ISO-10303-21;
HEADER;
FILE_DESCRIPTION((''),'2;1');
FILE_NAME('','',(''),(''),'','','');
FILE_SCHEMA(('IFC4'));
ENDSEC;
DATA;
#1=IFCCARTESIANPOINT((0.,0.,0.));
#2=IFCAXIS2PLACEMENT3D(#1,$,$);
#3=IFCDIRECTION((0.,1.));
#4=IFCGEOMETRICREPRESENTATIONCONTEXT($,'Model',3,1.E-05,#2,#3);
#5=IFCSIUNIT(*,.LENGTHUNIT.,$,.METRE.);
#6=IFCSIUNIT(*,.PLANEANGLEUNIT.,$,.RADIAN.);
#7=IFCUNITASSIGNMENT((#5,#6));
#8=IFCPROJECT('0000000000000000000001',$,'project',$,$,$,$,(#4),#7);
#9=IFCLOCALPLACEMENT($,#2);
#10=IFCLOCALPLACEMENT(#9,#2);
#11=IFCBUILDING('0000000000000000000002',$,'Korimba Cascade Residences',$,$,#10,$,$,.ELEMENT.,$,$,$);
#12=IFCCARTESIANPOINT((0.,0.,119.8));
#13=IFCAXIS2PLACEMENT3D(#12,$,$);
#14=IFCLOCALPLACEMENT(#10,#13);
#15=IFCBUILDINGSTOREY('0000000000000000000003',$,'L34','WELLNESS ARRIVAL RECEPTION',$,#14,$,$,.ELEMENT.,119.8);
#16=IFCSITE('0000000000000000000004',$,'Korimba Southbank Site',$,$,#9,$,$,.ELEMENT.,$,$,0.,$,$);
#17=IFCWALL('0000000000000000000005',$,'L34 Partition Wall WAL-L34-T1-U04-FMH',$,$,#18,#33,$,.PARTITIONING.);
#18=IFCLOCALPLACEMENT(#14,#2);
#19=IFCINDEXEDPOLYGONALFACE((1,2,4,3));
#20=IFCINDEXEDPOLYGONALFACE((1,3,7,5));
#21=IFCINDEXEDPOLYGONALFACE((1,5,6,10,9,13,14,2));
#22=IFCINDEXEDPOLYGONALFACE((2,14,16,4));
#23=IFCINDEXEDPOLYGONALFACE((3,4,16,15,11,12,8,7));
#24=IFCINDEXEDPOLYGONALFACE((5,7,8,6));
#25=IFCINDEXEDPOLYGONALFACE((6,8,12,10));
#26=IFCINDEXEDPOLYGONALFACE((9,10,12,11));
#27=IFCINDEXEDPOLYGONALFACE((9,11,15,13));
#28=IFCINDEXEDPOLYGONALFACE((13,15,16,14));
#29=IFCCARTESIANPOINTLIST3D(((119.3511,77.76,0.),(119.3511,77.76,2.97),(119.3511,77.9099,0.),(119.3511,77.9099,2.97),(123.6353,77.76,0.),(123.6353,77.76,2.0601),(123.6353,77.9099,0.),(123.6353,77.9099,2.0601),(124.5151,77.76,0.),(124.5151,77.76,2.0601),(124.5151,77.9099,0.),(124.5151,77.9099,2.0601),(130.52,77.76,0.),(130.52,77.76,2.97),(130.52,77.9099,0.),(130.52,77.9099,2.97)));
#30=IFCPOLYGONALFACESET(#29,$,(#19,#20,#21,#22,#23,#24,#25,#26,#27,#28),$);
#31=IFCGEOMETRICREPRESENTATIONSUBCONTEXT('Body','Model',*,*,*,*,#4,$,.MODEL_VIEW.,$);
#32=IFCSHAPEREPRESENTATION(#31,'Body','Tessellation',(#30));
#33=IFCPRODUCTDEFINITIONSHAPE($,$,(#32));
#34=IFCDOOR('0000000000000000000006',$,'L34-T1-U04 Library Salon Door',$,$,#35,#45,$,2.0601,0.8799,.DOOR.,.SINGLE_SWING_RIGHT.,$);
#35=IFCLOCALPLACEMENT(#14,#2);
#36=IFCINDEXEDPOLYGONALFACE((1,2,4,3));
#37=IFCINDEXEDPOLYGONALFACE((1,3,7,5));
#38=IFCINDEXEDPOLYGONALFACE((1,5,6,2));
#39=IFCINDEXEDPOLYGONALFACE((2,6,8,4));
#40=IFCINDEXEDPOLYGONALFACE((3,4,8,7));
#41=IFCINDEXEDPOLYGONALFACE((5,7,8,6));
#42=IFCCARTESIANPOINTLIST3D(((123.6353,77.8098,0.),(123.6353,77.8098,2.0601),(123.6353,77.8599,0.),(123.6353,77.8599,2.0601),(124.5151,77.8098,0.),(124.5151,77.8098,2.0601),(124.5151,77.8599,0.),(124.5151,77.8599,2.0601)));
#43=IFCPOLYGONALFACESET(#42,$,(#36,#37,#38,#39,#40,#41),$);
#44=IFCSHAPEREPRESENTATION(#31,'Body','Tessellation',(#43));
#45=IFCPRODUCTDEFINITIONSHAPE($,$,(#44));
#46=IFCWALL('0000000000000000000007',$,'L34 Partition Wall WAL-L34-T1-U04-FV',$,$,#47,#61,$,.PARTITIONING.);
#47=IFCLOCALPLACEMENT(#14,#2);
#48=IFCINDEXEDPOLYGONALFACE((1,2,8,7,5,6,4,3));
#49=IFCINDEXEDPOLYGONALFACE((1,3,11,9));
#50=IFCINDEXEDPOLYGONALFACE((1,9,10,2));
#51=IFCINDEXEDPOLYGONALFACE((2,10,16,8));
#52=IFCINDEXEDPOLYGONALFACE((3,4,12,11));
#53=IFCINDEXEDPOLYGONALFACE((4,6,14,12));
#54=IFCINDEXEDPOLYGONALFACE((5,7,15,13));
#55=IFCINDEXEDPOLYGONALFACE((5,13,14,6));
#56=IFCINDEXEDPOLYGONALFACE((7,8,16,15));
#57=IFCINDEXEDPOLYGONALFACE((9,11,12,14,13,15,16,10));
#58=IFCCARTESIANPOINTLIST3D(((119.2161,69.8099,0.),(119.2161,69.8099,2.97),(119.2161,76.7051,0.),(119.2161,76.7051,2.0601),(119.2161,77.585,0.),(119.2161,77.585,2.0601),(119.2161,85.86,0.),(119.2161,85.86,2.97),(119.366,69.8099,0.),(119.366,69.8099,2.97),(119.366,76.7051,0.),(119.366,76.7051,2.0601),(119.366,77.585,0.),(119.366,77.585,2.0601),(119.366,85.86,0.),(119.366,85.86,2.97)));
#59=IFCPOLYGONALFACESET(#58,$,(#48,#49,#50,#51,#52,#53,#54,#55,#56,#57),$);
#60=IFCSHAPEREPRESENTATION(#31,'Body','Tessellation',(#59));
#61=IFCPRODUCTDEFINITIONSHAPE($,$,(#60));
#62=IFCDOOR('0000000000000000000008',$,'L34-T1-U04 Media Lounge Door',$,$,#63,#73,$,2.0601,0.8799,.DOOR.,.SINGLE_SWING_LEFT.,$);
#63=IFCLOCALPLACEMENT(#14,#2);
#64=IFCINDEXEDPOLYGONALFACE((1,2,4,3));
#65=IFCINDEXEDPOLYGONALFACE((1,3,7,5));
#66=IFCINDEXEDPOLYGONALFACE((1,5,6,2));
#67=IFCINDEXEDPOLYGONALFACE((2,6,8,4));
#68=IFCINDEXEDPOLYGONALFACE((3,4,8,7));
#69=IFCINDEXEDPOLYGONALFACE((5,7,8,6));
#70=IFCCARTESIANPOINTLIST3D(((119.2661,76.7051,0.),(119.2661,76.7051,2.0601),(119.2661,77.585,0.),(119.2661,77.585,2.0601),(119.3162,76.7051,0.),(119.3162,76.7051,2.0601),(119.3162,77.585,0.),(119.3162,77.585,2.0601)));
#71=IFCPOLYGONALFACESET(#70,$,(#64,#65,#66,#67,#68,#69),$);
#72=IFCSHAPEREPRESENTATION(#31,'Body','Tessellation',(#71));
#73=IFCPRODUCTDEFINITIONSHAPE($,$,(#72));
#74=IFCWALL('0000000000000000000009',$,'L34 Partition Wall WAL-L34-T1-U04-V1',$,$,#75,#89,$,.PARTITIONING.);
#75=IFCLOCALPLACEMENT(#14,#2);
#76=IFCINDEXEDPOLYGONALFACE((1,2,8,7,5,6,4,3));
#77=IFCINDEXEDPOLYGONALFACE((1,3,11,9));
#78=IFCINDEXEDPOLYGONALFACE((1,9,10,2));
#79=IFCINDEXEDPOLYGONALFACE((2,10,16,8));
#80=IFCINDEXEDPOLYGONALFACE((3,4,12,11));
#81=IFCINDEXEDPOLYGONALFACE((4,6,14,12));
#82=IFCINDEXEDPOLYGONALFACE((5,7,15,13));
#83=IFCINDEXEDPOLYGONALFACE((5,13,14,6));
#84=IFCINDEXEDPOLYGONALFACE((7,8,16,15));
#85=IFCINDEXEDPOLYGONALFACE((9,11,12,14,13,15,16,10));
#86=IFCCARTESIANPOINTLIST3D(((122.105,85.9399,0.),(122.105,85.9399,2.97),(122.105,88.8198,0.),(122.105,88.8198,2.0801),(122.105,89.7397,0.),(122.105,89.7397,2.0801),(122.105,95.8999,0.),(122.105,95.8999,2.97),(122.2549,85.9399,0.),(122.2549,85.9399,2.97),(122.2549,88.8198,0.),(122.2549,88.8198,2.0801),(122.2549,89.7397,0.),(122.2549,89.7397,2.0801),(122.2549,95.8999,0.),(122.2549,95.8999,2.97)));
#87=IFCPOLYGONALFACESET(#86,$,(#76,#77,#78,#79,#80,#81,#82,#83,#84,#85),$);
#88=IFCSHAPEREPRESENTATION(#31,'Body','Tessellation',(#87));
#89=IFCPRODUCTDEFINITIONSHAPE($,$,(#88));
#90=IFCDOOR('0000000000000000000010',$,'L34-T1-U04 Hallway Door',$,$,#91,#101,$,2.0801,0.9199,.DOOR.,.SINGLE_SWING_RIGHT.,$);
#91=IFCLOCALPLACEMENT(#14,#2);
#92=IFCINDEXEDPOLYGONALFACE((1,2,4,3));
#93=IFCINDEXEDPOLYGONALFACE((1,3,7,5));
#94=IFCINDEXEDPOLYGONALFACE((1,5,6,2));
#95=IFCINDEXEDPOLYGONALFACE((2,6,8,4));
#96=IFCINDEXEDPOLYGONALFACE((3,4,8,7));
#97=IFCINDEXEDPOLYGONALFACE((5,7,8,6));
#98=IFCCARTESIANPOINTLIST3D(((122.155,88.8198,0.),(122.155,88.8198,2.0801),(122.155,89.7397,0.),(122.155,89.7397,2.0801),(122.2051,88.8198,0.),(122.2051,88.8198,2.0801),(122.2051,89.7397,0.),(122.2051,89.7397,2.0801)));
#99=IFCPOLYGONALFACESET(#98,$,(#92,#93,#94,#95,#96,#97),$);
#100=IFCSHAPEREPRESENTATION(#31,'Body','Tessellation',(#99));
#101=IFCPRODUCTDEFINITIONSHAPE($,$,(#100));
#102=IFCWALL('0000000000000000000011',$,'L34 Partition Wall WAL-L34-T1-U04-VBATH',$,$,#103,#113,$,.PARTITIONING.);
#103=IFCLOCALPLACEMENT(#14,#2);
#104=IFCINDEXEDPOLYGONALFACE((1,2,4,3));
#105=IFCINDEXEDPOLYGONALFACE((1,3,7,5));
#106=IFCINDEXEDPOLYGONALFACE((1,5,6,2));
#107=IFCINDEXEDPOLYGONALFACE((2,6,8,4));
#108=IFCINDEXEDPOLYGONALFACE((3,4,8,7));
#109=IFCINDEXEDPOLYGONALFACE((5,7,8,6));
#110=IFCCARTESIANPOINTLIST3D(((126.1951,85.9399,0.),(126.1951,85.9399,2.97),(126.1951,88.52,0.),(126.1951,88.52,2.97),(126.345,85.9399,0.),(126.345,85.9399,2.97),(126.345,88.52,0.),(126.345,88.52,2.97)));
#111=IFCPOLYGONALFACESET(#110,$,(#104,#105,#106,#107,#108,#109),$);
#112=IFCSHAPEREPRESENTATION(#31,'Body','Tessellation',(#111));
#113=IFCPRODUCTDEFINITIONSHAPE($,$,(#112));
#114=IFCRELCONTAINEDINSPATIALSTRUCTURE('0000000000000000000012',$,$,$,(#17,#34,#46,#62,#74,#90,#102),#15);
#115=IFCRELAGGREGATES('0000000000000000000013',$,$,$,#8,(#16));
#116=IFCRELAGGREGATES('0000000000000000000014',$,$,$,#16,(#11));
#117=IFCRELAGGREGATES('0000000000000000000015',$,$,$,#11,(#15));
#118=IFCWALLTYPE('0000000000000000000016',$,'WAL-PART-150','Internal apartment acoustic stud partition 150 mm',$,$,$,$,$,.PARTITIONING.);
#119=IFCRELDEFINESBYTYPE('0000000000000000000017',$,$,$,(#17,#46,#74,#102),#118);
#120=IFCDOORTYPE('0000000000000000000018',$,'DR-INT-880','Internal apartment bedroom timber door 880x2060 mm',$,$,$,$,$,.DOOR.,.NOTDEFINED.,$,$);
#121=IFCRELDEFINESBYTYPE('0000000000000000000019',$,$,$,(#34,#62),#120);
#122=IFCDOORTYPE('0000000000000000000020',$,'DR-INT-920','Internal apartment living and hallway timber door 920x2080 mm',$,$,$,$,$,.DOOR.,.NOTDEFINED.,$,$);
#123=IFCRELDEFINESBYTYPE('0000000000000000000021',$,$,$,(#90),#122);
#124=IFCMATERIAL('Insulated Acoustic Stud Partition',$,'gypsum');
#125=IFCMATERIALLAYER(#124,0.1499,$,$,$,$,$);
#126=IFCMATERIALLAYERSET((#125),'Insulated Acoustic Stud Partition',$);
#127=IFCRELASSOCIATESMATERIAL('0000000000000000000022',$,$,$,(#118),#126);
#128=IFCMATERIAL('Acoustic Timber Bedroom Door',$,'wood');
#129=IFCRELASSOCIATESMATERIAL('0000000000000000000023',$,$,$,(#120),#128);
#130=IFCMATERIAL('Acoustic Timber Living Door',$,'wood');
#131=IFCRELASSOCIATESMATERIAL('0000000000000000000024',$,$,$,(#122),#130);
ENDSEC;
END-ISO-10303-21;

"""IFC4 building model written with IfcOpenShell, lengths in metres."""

from ifc_helpers import new_model, si_unit, direction, frame, frame_2d, origin, place, context, subcontext, project, spatial, rectangle, extrude, material, layer, layer_set, type_object, element, fill, save


model = new_model("IFC4")

# Units and contexts
model_context = context("Model", 3, precision=1e-05, world=origin(), true_north=direction((0.0, 1.0)))
body_context = subcontext(model_context, "Body", "Model", "MODEL_VIEW")
ifc_project = project(units=[si_unit("LENGTHUNIT", "METRE"), si_unit("PLANEANGLEUNIT", "RADIAN")], contexts=[model_context])

# Site, building, storey
site_placement = place(None, origin())
site = spatial("IfcSite", under=ifc_project, at=site_placement, Name="Korimba Southbank Site", CompositionType="ELEMENT", RefElevation=0.0)
building_placement = place(site_placement, origin())
building = spatial("IfcBuilding", under=site, at=building_placement, Name="Korimba Cascade Residences", CompositionType="ELEMENT")
storey_placement = place(building_placement, frame((0.0, 0.0, 119.8)))
storey = spatial("IfcBuildingStorey", under=building, at=storey_placement, Name="L34", Description="WELLNESS ARRIVAL RECEPTION", CompositionType="ELEMENT", Elevation=119.8)

# Shared definitions
ifc_material_1 = material(Name="Insulated Acoustic Stud Partition", Category="gypsum")
ifc_layer_1 = layer(ifc_material_1, 0.1499)
ifc_layer_set_1 = layer_set([ifc_layer_1], Name="Insulated Acoustic Stud Partition")
wall_type_1 = type_object("IfcWallType", Name="WAL-PART-150", Description="Internal apartment acoustic stud partition 150 mm", PredefinedType="PARTITIONING", material=ifc_layer_set_1)
ifc_material_2 = material(Name="Acoustic Timber Bedroom Door", Category="wood")
door_type_1 = type_object("IfcDoorType", Name="DR-INT-880", Description="Internal apartment bedroom timber door 880x2060 mm", OperationType="NOTDEFINED", PredefinedType="DOOR", material=ifc_material_2)

# Walls, openings, doors
wall_1_placement = place(storey_placement, frame((119.3511, 77.835, 0.0), z_axis=(0.0, 0.0, 1.0), x_axis=(1.0, 0.0, 0.0)))
wall_1 = element("IfcWall", 1, at=wall_1_placement, inside=storey, type_object=wall_type_1, Name="L34 Partition Wall WAL-L34-T1-U04-FMH", PredefinedType="PARTITIONING", context=body_context, shape_type="SweptSolid", body=[
    extrude(rectangle(XDim=11.1689, YDim=0.1499, at=frame_2d((5.5845, 0.0))), origin(), (0.0, 0.0, 1.0), 2.97),
])
opening_1_placement = place(wall_1_placement, frame((4.2842, 0.0, 0.0)))
opening_1 = element("IfcOpeningElement", 2, at=opening_1_placement, cuts=wall_1, PredefinedType="OPENING", context=body_context, shape_type="SweptSolid", body=[
    extrude(rectangle(XDim=0.8799, YDim=2.0601, at=frame_2d((0.4399, 1.03))), frame((0.0, 0.085, 0.0), z_axis=(0.0, -1.0, 0.0), x_axis=(1.0, 0.0, 0.0)), (0.0, 0.0, 1.0), 0.1699),
])
door_1_placement = place(opening_1_placement, origin())
door_1 = element("IfcDoor", 3, at=door_1_placement, inside=storey, type_object=door_type_1, Name="L34-T1-U04 Library Salon Door", OperationType="SINGLE_SWING_RIGHT", OverallHeight=2.0601, OverallWidth=0.8799, PredefinedType="DOOR", context=body_context, shape_type="SweptSolid", body=[
    extrude(rectangle(XDim=0.8799, YDim=2.0601, at=frame_2d((0.4399, 1.03))), frame((0.0, 0.0249, 0.0), z_axis=(0.0, -1.0, 0.0), x_axis=(1.0, 0.0, 0.0)), (0.0, 0.0, 1.0), 0.05),
])
fill(opening_1, door_1)
wall_2_placement = place(storey_placement, frame((119.291, 69.8101, 0.0), z_axis=(0.0, 0.0, 1.0), x_axis=(0.0, 1.0, 0.0)))
wall_2 = element("IfcWall", 4, at=wall_2_placement, inside=storey, type_object=wall_type_1, Name="L34 Partition Wall WAL-L34-T1-U04-FV", PredefinedType="PARTITIONING", context=body_context, shape_type="SweptSolid", body=[
    extrude(rectangle(XDim=16.05, YDim=0.1499, at=frame_2d((8.0249, 0.0))), origin(), (0.0, 0.0, 1.0), 2.97),
])
opening_2_placement = place(wall_2_placement, frame((6.895, 0.0, 0.0)))
opening_2 = element("IfcOpeningElement", 5, at=opening_2_placement, cuts=wall_2, PredefinedType="OPENING", context=body_context, shape_type="SweptSolid", body=[
    extrude(rectangle(XDim=0.8799, YDim=2.0601, at=frame_2d((0.4399, 1.03))), frame((0.0, 0.085, 0.0), z_axis=(0.0, -1.0, 0.0), x_axis=(1.0, 0.0, 0.0)), (0.0, 0.0, 1.0), 0.1699),
])
door_2_placement = place(opening_2_placement, origin())
door_2 = element("IfcDoor", 6, at=door_2_placement, inside=storey, type_object=door_type_1, Name="L34-T1-U04 Media Lounge Door", OperationType="SINGLE_SWING_LEFT", OverallHeight=2.0601, OverallWidth=0.8799, PredefinedType="DOOR", context=body_context, shape_type="SweptSolid", body=[
    extrude(rectangle(XDim=0.8799, YDim=2.0601, at=frame_2d((0.4399, 1.03))), frame((0.0, 0.0249, 0.0), z_axis=(0.0, -1.0, 0.0), x_axis=(1.0, 0.0, 0.0)), (0.0, 0.0, 1.0), 0.05),
])
fill(opening_2, door_2)
wall_3_placement = place(storey_placement, frame((122.1799, 85.9399, 0.0), z_axis=(0.0, 0.0, 1.0), x_axis=(0.0, 1.0, 0.0)))
wall_3 = element("IfcWall", 7, at=wall_3_placement, inside=storey, type_object=wall_type_1, Name="L34 Partition Wall WAL-L34-T1-U04-V1", PredefinedType="PARTITIONING", context=body_context, shape_type="SweptSolid", body=[
    extrude(rectangle(XDim=9.96, YDim=0.1499, at=frame_2d((4.98, 0.0))), origin(), (0.0, 0.0, 1.0), 2.97),
])
opening_3_placement = place(wall_3_placement, frame((2.8799, 0.0, 0.0)))
opening_3 = element("IfcOpeningElement", 8, at=opening_3_placement, cuts=wall_3, PredefinedType="OPENING", context=body_context, shape_type="SweptSolid", body=[
    extrude(rectangle(XDim=0.9199, YDim=2.0801, at=frame_2d((0.46, 1.04))), frame((0.0, 0.085, 0.0), z_axis=(0.0, -1.0, 0.0), x_axis=(1.0, 0.0, 0.0)), (0.0, 0.0, 1.0), 0.1699),
])
ifc_material_3 = material(Name="Acoustic Timber Living Door", Category="wood")
door_type_2 = type_object("IfcDoorType", Name="DR-INT-920", Description="Internal apartment living and hallway timber door 920x2080 mm", OperationType="NOTDEFINED", PredefinedType="DOOR", material=ifc_material_3)
door_3_placement = place(opening_3_placement, origin())
door_3 = element("IfcDoor", 9, at=door_3_placement, inside=storey, type_object=door_type_2, Name="L34-T1-U04 Hallway Door", OperationType="SINGLE_SWING_RIGHT", OverallHeight=2.0801, OverallWidth=0.9199, PredefinedType="DOOR", context=body_context, shape_type="SweptSolid", body=[
    extrude(rectangle(XDim=0.9199, YDim=2.0801, at=frame_2d((0.46, 1.04))), frame((0.0, 0.0249, 0.0), z_axis=(0.0, -1.0, 0.0), x_axis=(1.0, 0.0, 0.0)), (0.0, 0.0, 1.0), 0.05),
])
fill(opening_3, door_3)

# Wall
wall_4_placement = place(storey_placement, frame((126.27, 85.9399, 0.0), z_axis=(0.0, 0.0, 1.0), x_axis=(0.0, 1.0, 0.0)))
element("IfcWall", 10, at=wall_4_placement, inside=storey, type_object=wall_type_1, Name="L34 Partition Wall WAL-L34-T1-U04-VBATH", PredefinedType="PARTITIONING", context=body_context, shape_type="SweptSolid", body=[
    extrude(rectangle(XDim=2.5801, YDim=0.1499, at=frame_2d((1.29, 0.0))), origin(), (0.0, 0.0, 1.0), 2.97),
])

save(model, "model.ifc")
